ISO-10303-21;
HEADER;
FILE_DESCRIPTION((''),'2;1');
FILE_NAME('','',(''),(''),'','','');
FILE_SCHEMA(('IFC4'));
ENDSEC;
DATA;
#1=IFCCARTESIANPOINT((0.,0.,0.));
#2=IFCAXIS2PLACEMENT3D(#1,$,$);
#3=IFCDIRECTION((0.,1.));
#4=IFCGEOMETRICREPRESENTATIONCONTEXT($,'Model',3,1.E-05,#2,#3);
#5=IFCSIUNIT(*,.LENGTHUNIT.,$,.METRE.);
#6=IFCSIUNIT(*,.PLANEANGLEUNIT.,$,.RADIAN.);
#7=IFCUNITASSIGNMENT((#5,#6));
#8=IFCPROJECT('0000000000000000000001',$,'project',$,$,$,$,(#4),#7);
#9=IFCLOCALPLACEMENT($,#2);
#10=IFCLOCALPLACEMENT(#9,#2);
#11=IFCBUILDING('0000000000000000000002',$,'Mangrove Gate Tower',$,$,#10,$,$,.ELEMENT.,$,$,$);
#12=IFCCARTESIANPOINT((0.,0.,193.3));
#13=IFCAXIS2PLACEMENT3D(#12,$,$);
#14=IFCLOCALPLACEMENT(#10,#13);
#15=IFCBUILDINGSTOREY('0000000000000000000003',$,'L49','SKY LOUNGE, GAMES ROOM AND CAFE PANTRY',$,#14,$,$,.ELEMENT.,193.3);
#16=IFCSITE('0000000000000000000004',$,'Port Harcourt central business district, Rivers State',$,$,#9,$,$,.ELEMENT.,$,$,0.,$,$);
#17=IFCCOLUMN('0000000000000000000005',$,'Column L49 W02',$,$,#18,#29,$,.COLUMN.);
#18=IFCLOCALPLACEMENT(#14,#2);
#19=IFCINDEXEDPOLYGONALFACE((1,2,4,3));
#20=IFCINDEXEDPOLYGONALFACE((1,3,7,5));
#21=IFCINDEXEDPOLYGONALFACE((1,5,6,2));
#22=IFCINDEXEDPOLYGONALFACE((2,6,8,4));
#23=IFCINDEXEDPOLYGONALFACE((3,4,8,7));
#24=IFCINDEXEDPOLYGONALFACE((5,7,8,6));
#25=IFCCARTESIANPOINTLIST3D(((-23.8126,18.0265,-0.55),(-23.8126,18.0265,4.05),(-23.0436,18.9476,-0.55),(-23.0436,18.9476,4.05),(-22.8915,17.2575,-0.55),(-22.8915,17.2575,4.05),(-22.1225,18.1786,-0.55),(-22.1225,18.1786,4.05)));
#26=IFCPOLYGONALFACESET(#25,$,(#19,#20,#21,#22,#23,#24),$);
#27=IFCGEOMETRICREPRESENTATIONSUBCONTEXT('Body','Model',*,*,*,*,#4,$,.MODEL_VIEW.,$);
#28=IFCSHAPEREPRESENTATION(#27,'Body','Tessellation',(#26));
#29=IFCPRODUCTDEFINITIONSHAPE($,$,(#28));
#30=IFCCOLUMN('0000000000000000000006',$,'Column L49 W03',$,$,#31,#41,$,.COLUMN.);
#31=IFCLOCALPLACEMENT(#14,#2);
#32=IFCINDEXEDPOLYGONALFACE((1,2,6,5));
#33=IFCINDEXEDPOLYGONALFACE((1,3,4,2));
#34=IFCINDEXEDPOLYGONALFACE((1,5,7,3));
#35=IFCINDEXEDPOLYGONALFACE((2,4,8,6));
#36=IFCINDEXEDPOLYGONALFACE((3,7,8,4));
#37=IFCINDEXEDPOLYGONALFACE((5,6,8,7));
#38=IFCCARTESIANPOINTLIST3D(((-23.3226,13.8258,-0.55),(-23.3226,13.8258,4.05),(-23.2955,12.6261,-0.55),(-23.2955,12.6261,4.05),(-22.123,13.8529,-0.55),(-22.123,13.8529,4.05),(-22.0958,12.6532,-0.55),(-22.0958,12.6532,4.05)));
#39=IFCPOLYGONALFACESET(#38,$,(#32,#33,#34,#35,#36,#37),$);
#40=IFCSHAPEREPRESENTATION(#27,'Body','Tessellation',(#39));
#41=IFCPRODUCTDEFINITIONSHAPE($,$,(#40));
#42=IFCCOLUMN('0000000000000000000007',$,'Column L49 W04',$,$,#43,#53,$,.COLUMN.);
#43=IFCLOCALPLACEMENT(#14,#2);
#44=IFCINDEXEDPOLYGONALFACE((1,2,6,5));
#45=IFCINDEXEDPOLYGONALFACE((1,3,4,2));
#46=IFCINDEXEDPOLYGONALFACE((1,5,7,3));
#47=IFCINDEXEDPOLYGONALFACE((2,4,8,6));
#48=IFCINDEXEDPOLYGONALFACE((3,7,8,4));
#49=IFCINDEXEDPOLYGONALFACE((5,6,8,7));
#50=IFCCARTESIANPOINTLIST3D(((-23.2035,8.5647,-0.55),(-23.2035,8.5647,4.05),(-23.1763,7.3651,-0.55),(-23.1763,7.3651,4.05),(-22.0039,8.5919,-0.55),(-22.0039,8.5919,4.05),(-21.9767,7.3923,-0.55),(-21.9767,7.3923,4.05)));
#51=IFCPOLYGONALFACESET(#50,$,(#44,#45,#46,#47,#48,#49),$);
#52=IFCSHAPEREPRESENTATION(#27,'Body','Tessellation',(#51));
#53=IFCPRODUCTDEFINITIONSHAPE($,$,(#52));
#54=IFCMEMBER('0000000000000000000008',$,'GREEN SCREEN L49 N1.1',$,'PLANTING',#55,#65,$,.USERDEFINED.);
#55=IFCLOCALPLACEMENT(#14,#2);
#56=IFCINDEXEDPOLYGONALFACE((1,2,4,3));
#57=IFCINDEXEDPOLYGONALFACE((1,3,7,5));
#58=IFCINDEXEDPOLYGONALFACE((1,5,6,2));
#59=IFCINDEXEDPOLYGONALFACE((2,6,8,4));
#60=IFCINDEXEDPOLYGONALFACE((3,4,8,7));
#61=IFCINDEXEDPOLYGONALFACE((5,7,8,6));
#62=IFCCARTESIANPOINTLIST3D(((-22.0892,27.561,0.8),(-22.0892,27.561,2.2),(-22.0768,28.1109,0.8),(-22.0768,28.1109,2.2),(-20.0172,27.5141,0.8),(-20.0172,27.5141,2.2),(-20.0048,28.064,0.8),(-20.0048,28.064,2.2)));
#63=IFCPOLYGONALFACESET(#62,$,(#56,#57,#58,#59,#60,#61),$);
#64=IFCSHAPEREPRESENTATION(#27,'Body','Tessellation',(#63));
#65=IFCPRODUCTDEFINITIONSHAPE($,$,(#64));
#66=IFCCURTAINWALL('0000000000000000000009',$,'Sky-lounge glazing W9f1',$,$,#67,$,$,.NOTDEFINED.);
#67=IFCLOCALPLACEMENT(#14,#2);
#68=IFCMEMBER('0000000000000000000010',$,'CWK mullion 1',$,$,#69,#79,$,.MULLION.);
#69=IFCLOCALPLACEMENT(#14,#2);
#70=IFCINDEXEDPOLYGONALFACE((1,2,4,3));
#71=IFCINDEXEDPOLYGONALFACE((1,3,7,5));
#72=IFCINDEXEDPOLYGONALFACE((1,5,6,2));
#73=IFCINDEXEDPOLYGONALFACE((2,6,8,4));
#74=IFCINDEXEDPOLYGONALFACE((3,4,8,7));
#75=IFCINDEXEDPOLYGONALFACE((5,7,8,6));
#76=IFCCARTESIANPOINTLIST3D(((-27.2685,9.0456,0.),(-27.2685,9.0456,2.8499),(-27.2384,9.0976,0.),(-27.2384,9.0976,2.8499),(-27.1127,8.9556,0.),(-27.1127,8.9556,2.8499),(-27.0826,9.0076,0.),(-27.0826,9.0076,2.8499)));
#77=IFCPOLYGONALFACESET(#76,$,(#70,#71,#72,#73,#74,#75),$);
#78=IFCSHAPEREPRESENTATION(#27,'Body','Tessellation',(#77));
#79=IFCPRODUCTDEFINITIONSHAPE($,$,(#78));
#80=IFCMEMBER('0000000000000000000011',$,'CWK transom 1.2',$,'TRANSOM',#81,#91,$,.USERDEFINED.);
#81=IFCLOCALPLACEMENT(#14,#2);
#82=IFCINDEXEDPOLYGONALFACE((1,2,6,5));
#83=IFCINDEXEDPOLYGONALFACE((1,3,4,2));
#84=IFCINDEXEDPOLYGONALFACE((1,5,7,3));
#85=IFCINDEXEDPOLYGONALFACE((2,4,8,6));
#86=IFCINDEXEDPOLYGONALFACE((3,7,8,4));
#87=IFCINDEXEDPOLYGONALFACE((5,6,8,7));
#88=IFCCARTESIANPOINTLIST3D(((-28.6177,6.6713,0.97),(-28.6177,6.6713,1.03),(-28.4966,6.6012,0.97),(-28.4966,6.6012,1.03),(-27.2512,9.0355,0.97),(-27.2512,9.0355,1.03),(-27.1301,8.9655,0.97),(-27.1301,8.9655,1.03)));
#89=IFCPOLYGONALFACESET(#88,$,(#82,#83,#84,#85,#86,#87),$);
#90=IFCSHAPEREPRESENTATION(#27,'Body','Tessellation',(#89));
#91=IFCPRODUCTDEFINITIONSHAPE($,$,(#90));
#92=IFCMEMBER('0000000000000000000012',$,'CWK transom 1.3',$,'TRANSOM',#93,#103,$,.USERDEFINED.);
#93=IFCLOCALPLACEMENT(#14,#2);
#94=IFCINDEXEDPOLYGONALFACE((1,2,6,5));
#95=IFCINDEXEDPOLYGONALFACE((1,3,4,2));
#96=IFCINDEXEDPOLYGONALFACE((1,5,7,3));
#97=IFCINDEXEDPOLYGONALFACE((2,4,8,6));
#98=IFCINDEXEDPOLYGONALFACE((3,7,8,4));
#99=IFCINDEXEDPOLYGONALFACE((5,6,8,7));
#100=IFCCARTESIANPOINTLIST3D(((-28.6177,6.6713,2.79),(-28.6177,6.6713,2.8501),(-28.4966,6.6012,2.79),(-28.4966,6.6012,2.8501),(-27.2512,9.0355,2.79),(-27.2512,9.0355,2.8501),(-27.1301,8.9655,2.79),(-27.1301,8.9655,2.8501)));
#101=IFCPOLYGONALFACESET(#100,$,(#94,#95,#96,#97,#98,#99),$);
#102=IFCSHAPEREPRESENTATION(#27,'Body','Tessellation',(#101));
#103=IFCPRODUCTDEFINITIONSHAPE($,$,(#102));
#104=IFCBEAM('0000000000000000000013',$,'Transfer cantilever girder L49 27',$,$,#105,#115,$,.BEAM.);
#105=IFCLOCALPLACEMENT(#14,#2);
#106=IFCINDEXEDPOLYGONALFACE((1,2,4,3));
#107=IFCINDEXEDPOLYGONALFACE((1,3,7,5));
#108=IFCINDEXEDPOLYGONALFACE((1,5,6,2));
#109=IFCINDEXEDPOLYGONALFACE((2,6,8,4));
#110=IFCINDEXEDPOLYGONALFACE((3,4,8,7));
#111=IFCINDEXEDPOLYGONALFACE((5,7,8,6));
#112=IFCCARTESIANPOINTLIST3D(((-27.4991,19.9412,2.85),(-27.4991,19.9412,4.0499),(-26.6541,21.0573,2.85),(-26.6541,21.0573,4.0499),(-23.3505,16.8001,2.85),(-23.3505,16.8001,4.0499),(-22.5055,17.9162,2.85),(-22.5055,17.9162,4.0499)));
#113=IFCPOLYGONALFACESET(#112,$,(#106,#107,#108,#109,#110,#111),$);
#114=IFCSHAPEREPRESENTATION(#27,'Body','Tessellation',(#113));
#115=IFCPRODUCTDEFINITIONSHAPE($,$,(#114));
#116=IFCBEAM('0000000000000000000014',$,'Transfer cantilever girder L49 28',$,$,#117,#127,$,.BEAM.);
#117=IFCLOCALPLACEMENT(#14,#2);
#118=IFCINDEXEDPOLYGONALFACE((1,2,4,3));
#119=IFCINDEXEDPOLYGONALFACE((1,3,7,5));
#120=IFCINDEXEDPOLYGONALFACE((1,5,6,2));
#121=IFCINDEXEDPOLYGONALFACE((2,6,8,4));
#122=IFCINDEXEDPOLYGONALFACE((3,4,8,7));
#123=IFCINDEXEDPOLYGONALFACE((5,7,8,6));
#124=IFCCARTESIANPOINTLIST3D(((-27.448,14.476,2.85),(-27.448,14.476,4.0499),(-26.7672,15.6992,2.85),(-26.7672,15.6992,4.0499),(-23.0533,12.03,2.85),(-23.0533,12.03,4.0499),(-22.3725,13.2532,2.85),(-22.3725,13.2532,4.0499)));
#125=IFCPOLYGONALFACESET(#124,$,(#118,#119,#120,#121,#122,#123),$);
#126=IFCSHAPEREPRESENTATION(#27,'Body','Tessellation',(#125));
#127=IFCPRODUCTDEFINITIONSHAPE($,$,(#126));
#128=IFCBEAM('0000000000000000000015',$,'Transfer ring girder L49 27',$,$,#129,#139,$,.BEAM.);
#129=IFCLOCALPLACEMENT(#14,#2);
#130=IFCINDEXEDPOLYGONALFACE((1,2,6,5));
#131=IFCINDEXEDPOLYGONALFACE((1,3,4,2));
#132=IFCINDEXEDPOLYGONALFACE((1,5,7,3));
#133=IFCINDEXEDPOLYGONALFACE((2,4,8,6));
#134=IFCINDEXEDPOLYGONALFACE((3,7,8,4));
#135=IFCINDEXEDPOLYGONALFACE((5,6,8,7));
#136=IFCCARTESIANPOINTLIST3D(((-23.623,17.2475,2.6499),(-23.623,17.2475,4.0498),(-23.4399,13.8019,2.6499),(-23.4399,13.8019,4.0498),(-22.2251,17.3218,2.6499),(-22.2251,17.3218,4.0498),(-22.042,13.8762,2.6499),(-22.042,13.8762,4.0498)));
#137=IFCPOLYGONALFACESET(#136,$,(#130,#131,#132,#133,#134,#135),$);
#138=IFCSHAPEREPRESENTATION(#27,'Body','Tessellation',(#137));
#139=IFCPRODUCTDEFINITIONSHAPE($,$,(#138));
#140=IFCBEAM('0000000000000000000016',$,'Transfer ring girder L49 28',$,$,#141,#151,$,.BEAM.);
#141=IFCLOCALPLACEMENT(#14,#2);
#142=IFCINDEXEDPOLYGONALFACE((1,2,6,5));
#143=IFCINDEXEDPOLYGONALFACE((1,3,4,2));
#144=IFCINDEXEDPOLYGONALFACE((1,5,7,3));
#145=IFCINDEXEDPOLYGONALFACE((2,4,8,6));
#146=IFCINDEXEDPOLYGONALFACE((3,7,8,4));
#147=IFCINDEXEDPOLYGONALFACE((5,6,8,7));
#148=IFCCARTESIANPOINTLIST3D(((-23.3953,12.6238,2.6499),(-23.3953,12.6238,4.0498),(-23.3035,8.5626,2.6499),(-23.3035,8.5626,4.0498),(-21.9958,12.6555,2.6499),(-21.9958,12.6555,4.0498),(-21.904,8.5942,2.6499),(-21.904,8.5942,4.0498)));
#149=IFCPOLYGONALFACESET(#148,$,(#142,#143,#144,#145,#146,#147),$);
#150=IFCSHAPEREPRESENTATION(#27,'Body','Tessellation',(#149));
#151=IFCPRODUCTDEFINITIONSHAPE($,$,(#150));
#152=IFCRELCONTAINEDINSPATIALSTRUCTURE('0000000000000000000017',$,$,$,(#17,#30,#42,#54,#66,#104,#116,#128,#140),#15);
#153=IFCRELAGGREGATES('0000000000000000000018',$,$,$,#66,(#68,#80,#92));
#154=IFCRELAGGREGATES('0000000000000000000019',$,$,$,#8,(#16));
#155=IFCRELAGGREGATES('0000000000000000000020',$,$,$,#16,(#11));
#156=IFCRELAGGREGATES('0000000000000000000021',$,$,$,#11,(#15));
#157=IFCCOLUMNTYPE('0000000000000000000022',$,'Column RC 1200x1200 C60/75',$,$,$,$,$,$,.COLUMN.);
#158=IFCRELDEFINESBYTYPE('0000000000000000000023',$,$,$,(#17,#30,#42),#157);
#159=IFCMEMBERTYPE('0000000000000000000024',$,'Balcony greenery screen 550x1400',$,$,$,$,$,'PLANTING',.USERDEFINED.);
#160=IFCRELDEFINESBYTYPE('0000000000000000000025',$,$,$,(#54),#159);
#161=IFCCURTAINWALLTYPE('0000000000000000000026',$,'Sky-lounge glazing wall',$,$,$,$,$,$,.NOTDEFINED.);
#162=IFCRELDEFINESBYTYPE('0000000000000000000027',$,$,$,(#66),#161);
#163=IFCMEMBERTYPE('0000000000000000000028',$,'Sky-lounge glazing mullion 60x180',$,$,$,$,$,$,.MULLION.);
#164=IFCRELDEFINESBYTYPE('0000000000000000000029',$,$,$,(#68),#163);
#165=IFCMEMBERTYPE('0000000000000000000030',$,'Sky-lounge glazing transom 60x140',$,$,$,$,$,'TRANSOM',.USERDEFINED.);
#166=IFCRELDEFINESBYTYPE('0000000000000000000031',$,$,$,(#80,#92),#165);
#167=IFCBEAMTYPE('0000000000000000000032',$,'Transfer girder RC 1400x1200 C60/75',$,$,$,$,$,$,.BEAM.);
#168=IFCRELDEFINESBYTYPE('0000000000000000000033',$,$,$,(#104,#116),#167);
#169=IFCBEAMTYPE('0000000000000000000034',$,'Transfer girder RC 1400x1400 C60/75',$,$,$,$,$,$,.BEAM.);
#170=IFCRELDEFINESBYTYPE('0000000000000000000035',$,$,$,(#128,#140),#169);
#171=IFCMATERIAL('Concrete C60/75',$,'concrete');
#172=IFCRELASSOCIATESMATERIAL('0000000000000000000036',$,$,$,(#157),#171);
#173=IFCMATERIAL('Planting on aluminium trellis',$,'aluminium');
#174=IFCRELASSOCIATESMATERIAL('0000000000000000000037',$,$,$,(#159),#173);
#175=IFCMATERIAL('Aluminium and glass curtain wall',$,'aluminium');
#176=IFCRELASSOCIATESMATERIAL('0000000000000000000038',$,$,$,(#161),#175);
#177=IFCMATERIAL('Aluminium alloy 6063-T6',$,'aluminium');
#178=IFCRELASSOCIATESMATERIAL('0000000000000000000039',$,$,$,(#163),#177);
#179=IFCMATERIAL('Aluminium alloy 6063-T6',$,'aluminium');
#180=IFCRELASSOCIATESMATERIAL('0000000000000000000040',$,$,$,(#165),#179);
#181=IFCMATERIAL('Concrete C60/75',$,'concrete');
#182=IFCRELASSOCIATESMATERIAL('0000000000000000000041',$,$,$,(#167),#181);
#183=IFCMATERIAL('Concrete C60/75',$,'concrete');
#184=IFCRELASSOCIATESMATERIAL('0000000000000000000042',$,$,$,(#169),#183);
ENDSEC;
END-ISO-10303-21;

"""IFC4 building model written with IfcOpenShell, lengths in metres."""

from ifc_helpers import new_model, si_unit, direction, frame, origin, origin_2d, place, context, subcontext, project, spatial, rectangle, extrude, material, material_profile, profile_set, type_object, element, aggregate, save


model = new_model("IFC4")

# Units and contexts
model_context = context("Model", 3, precision=1e-05, world=origin(), true_north=direction((0.0, 1.0)))
body_context = subcontext(model_context, "Body", "Model", "MODEL_VIEW")
ifc_project = project(units=[si_unit("LENGTHUNIT", "METRE"), si_unit("PLANEANGLEUNIT", "RADIAN")], contexts=[model_context])

# Site, building, storey
site_placement = place(None, origin())
site = spatial("IfcSite", under=ifc_project, at=site_placement, Name="Port Harcourt central business district, Rivers State", CompositionType="ELEMENT", RefElevation=0.0)
building_placement = place(site_placement, origin())
building = spatial("IfcBuilding", under=site, at=building_placement, Name="Mangrove Gate Tower", CompositionType="ELEMENT")
storey_placement = place(building_placement, frame((0.0, 0.0, 193.3)))
storey = spatial("IfcBuildingStorey", under=building, at=storey_placement, Name="L49", Description="SKY LOUNGE, GAMES ROOM AND CAFE PANTRY", CompositionType="ELEMENT", Elevation=193.3)

# Columns
ifc_material_1 = material(Name="Concrete C60/75", Category="concrete")
ifc_material_profile_1 = material_profile(ifc_material_1, rectangle(XDim=1.2, YDim=1.2, at=origin_2d()))
ifc_profile_set_1 = profile_set([ifc_material_profile_1], Name="Concrete C60/75")
column_type = type_object("IfcColumnType", Name="Column RC 1200x1200 C60/75", PredefinedType="COLUMN", material=ifc_profile_set_1)
for number, where, z_axis, x_axis, name in (
    (1, (-22.9675, 18.1025, -0.55), (0.0, 0.0, 1.0), (-0.640874, -0.767646, 0.0), "Column L49 W02"),
    (2, (-22.7092, 13.2395, -0.55), (0.0, 0.0, 1.0), (0.022613, -0.999744, 0.0), "Column L49 W03"),
    (3, (-22.5901, 7.9785, -0.55), (0.0, 0.0, 1.0), (0.022668, -0.999743, 0.0), "Column L49 W04"),
):
    element("IfcColumn", number, at=place(storey_placement, frame(where, z_axis=z_axis, x_axis=x_axis)), inside=storey, type_object=column_type, Name=name, PredefinedType="COLUMN", context=body_context, shape_type="SweptSolid", body=[
        extrude(rectangle(XDim=1.2, YDim=1.2, at=origin_2d()), origin(), (0.0, 0.0, 1.0), 4.6001),
    ])

# Member
ifc_material_2 = material(Name="Planting on aluminium trellis", Category="aluminium")
ifc_material_profile_2 = material_profile(ifc_material_2, rectangle(XDim=0.55, YDim=1.3999, at=origin_2d()))
ifc_profile_set_2 = profile_set([ifc_material_profile_2], Name="Planting on aluminium trellis")
member_type_1 = type_object("IfcMemberType", Name="Balcony greenery screen 550x1400", ElementType="PLANTING", PredefinedType="USERDEFINED", material=ifc_profile_set_2)
member_1_placement = place(storey_placement, frame((-22.083, 27.8359, 1.5), z_axis=(0.999744, -0.022617, 0.0), x_axis=(0.022617, 0.999744, 0.0)))
element("IfcMember", 4, at=member_1_placement, inside=storey, type_object=member_type_1, Name="GREEN SCREEN L49 N1.1", ObjectType="PLANTING", PredefinedType="USERDEFINED", context=body_context, shape_type="SweptSolid", body=[
    extrude(rectangle(XDim=0.55, YDim=1.3999, at=origin_2d()), origin(), (0.0, 0.0, 1.0), 2.0725),
])

# Curtain wall, members
ifc_material_3 = material(Name="Aluminium and glass curtain wall", Category="aluminium")
curtain_wall_type = type_object("IfcCurtainWallType", Name="Sky-lounge glazing wall", PredefinedType="NOTDEFINED", material=ifc_material_3)
curtain_wall_placement = place(storey_placement, origin())
curtain_wall = element("IfcCurtainWall", 5, at=curtain_wall_placement, inside=storey, type_object=curtain_wall_type, Name="Sky-lounge glazing W9f1", PredefinedType="NOTDEFINED")
ifc_material_4 = material(Name="Aluminium alloy 6063-T6", Category="aluminium")
ifc_material_profile_3 = material_profile(ifc_material_4, rectangle(XDim=0.0601, YDim=0.1799, at=origin_2d()))
ifc_profile_set_3 = profile_set([ifc_material_profile_3], Name="Aluminium alloy 6063-T6")
member_type_2 = type_object("IfcMemberType", Name="Sky-lounge glazing mullion 60x180", PredefinedType="MULLION", material=ifc_profile_set_3)
member_2_placement = place(storey_placement, frame((-27.1755, 9.0266, 0.0), z_axis=(0.0, 0.0, 1.0), x_axis=(-0.500418, -0.865784, 0.0)))
member_2 = element("IfcMember", 6, at=member_2_placement, type_object=member_type_2, Name="CWK mullion 1", PredefinedType="MULLION", context=body_context, shape_type="SweptSolid", body=[
    extrude(rectangle(XDim=0.0601, YDim=0.1799, at=origin_2d()), origin(), (0.0, 0.0, 1.0), 2.8499),
])
ifc_material_5 = material(Name="Aluminium alloy 6063-T6", Category="aluminium")
ifc_material_profile_4 = material_profile(ifc_material_5, rectangle(XDim=0.0601, YDim=0.1399, at=origin_2d()))
ifc_profile_set_4 = profile_set([ifc_material_profile_4], Name="Aluminium alloy 6063-T6")
member_type_3 = type_object("IfcMemberType", Name="Sky-lounge glazing transom 60x140", ElementType="TRANSOM", PredefinedType="USERDEFINED", material=ifc_profile_set_4)
member_3_placement = place(storey_placement, frame((-27.1907, 9.0005, 1.0), z_axis=(-0.500398, -0.865795, 0.0), x_axis=(0.0, 0.0, 1.0)))
member_3 = element("IfcMember", 7, at=member_3_placement, type_object=member_type_3, Name="CWK transom 1.2", ObjectType="TRANSOM", PredefinedType="USERDEFINED", context=body_context, shape_type="SweptSolid", body=[
    extrude(rectangle(XDim=0.0601, YDim=0.1399, at=origin_2d()), origin(), (0.0, 0.0, 1.0), 2.7307),
])
member_4_placement = place(storey_placement, frame((-27.1907, 9.0005, 2.8201), z_axis=(-0.500398, -0.865795, 0.0), x_axis=(0.0, 0.0, 1.0)))
member_4 = element("IfcMember", 8, at=member_4_placement, type_object=member_type_3, Name="CWK transom 1.3", ObjectType="TRANSOM", PredefinedType="USERDEFINED", context=body_context, shape_type="SweptSolid", body=[
    extrude(rectangle(XDim=0.0601, YDim=0.1399, at=origin_2d()), origin(), (0.0, 0.0, 1.0), 2.7307),
])
aggregate(curtain_wall, [member_2, member_3, member_4])

# Beams
ifc_material_6 = material(Name="Concrete C60/75", Category="concrete")
ifc_material_profile_5 = material_profile(ifc_material_6, rectangle(XDim=1.3999, YDim=1.2, at=origin_2d()))
ifc_profile_set_5 = profile_set([ifc_material_profile_5], Name="Concrete C60/75")
beam_type_1 = type_object("IfcBeamType", Name="Transfer girder RC 1400x1200 C60/75", PredefinedType="BEAM", material=ifc_profile_set_5)
beam_1_placement = place(storey_placement, frame((-22.928, 17.3582, 3.45), z_axis=(-0.797261, 0.603635, 0.0), x_axis=(-0.603635, -0.797261, 0.0)))
element("IfcBeam", 9, at=beam_1_placement, inside=storey, type_object=beam_type_1, Name="Transfer cantilever girder L49 27", PredefinedType="BEAM", context=body_context, shape_type="SweptSolid", body=[
    extrude(rectangle(XDim=1.3999, YDim=1.2, at=origin_2d()), origin(), (0.0, 0.0, 1.0), 5.2036),
])
beam_2_placement = place(storey_placement, frame((-22.7129, 12.6416, 3.45), z_axis=(-0.873777, 0.486327, 0.0), x_axis=(-0.486327, -0.873777, 0.0)))
element("IfcBeam", 10, at=beam_2_placement, inside=storey, type_object=beam_type_1, Name="Transfer cantilever girder L49 28", PredefinedType="BEAM", context=body_context, shape_type="SweptSolid", body=[
    extrude(rectangle(XDim=1.3999, YDim=1.2, at=origin_2d()), origin(), (0.0, 0.0, 1.0), 5.0295),
])
ifc_material_7 = material(Name="Concrete C60/75", Category="concrete")
ifc_material_profile_6 = material_profile(ifc_material_7, rectangle(XDim=1.3999, YDim=1.3999, at=origin_2d()))
ifc_profile_set_6 = profile_set([ifc_material_profile_6], Name="Concrete C60/75")
beam_type_2 = type_object("IfcBeamType", Name="Transfer girder RC 1400x1400 C60/75", PredefinedType="BEAM", material=ifc_profile_set_6)
beam_3_placement = place(storey_placement, frame((-22.9241, 17.2847, 3.3499), z_axis=(0.053068, -0.998591, 0.0), x_axis=(0.998591, 0.053068, 0.0)))
element("IfcBeam", 11, at=beam_3_placement, inside=storey, type_object=beam_type_2, Name="Transfer ring girder L49 27", PredefinedType="BEAM", context=body_context, shape_type="SweptSolid", body=[
    extrude(rectangle(XDim=1.3999, YDim=1.3999, at=origin_2d()), origin(), (0.0, 0.0, 1.0), 3.4504),
])
beam_4_placement = place(storey_placement, frame((-22.6956, 12.6396, 3.3499), z_axis=(0.022597, -0.999745, 0.0), x_axis=(0.999745, 0.022597, 0.0)))
element("IfcBeam", 12, at=beam_4_placement, inside=storey, type_object=beam_type_2, Name="Transfer ring girder L49 28", PredefinedType="BEAM", context=body_context, shape_type="SweptSolid", body=[
    extrude(rectangle(XDim=1.3999, YDim=1.3999, at=origin_2d()), origin(), (0.0, 0.0, 1.0), 4.0623),
])

save(model, "model.ifc")
